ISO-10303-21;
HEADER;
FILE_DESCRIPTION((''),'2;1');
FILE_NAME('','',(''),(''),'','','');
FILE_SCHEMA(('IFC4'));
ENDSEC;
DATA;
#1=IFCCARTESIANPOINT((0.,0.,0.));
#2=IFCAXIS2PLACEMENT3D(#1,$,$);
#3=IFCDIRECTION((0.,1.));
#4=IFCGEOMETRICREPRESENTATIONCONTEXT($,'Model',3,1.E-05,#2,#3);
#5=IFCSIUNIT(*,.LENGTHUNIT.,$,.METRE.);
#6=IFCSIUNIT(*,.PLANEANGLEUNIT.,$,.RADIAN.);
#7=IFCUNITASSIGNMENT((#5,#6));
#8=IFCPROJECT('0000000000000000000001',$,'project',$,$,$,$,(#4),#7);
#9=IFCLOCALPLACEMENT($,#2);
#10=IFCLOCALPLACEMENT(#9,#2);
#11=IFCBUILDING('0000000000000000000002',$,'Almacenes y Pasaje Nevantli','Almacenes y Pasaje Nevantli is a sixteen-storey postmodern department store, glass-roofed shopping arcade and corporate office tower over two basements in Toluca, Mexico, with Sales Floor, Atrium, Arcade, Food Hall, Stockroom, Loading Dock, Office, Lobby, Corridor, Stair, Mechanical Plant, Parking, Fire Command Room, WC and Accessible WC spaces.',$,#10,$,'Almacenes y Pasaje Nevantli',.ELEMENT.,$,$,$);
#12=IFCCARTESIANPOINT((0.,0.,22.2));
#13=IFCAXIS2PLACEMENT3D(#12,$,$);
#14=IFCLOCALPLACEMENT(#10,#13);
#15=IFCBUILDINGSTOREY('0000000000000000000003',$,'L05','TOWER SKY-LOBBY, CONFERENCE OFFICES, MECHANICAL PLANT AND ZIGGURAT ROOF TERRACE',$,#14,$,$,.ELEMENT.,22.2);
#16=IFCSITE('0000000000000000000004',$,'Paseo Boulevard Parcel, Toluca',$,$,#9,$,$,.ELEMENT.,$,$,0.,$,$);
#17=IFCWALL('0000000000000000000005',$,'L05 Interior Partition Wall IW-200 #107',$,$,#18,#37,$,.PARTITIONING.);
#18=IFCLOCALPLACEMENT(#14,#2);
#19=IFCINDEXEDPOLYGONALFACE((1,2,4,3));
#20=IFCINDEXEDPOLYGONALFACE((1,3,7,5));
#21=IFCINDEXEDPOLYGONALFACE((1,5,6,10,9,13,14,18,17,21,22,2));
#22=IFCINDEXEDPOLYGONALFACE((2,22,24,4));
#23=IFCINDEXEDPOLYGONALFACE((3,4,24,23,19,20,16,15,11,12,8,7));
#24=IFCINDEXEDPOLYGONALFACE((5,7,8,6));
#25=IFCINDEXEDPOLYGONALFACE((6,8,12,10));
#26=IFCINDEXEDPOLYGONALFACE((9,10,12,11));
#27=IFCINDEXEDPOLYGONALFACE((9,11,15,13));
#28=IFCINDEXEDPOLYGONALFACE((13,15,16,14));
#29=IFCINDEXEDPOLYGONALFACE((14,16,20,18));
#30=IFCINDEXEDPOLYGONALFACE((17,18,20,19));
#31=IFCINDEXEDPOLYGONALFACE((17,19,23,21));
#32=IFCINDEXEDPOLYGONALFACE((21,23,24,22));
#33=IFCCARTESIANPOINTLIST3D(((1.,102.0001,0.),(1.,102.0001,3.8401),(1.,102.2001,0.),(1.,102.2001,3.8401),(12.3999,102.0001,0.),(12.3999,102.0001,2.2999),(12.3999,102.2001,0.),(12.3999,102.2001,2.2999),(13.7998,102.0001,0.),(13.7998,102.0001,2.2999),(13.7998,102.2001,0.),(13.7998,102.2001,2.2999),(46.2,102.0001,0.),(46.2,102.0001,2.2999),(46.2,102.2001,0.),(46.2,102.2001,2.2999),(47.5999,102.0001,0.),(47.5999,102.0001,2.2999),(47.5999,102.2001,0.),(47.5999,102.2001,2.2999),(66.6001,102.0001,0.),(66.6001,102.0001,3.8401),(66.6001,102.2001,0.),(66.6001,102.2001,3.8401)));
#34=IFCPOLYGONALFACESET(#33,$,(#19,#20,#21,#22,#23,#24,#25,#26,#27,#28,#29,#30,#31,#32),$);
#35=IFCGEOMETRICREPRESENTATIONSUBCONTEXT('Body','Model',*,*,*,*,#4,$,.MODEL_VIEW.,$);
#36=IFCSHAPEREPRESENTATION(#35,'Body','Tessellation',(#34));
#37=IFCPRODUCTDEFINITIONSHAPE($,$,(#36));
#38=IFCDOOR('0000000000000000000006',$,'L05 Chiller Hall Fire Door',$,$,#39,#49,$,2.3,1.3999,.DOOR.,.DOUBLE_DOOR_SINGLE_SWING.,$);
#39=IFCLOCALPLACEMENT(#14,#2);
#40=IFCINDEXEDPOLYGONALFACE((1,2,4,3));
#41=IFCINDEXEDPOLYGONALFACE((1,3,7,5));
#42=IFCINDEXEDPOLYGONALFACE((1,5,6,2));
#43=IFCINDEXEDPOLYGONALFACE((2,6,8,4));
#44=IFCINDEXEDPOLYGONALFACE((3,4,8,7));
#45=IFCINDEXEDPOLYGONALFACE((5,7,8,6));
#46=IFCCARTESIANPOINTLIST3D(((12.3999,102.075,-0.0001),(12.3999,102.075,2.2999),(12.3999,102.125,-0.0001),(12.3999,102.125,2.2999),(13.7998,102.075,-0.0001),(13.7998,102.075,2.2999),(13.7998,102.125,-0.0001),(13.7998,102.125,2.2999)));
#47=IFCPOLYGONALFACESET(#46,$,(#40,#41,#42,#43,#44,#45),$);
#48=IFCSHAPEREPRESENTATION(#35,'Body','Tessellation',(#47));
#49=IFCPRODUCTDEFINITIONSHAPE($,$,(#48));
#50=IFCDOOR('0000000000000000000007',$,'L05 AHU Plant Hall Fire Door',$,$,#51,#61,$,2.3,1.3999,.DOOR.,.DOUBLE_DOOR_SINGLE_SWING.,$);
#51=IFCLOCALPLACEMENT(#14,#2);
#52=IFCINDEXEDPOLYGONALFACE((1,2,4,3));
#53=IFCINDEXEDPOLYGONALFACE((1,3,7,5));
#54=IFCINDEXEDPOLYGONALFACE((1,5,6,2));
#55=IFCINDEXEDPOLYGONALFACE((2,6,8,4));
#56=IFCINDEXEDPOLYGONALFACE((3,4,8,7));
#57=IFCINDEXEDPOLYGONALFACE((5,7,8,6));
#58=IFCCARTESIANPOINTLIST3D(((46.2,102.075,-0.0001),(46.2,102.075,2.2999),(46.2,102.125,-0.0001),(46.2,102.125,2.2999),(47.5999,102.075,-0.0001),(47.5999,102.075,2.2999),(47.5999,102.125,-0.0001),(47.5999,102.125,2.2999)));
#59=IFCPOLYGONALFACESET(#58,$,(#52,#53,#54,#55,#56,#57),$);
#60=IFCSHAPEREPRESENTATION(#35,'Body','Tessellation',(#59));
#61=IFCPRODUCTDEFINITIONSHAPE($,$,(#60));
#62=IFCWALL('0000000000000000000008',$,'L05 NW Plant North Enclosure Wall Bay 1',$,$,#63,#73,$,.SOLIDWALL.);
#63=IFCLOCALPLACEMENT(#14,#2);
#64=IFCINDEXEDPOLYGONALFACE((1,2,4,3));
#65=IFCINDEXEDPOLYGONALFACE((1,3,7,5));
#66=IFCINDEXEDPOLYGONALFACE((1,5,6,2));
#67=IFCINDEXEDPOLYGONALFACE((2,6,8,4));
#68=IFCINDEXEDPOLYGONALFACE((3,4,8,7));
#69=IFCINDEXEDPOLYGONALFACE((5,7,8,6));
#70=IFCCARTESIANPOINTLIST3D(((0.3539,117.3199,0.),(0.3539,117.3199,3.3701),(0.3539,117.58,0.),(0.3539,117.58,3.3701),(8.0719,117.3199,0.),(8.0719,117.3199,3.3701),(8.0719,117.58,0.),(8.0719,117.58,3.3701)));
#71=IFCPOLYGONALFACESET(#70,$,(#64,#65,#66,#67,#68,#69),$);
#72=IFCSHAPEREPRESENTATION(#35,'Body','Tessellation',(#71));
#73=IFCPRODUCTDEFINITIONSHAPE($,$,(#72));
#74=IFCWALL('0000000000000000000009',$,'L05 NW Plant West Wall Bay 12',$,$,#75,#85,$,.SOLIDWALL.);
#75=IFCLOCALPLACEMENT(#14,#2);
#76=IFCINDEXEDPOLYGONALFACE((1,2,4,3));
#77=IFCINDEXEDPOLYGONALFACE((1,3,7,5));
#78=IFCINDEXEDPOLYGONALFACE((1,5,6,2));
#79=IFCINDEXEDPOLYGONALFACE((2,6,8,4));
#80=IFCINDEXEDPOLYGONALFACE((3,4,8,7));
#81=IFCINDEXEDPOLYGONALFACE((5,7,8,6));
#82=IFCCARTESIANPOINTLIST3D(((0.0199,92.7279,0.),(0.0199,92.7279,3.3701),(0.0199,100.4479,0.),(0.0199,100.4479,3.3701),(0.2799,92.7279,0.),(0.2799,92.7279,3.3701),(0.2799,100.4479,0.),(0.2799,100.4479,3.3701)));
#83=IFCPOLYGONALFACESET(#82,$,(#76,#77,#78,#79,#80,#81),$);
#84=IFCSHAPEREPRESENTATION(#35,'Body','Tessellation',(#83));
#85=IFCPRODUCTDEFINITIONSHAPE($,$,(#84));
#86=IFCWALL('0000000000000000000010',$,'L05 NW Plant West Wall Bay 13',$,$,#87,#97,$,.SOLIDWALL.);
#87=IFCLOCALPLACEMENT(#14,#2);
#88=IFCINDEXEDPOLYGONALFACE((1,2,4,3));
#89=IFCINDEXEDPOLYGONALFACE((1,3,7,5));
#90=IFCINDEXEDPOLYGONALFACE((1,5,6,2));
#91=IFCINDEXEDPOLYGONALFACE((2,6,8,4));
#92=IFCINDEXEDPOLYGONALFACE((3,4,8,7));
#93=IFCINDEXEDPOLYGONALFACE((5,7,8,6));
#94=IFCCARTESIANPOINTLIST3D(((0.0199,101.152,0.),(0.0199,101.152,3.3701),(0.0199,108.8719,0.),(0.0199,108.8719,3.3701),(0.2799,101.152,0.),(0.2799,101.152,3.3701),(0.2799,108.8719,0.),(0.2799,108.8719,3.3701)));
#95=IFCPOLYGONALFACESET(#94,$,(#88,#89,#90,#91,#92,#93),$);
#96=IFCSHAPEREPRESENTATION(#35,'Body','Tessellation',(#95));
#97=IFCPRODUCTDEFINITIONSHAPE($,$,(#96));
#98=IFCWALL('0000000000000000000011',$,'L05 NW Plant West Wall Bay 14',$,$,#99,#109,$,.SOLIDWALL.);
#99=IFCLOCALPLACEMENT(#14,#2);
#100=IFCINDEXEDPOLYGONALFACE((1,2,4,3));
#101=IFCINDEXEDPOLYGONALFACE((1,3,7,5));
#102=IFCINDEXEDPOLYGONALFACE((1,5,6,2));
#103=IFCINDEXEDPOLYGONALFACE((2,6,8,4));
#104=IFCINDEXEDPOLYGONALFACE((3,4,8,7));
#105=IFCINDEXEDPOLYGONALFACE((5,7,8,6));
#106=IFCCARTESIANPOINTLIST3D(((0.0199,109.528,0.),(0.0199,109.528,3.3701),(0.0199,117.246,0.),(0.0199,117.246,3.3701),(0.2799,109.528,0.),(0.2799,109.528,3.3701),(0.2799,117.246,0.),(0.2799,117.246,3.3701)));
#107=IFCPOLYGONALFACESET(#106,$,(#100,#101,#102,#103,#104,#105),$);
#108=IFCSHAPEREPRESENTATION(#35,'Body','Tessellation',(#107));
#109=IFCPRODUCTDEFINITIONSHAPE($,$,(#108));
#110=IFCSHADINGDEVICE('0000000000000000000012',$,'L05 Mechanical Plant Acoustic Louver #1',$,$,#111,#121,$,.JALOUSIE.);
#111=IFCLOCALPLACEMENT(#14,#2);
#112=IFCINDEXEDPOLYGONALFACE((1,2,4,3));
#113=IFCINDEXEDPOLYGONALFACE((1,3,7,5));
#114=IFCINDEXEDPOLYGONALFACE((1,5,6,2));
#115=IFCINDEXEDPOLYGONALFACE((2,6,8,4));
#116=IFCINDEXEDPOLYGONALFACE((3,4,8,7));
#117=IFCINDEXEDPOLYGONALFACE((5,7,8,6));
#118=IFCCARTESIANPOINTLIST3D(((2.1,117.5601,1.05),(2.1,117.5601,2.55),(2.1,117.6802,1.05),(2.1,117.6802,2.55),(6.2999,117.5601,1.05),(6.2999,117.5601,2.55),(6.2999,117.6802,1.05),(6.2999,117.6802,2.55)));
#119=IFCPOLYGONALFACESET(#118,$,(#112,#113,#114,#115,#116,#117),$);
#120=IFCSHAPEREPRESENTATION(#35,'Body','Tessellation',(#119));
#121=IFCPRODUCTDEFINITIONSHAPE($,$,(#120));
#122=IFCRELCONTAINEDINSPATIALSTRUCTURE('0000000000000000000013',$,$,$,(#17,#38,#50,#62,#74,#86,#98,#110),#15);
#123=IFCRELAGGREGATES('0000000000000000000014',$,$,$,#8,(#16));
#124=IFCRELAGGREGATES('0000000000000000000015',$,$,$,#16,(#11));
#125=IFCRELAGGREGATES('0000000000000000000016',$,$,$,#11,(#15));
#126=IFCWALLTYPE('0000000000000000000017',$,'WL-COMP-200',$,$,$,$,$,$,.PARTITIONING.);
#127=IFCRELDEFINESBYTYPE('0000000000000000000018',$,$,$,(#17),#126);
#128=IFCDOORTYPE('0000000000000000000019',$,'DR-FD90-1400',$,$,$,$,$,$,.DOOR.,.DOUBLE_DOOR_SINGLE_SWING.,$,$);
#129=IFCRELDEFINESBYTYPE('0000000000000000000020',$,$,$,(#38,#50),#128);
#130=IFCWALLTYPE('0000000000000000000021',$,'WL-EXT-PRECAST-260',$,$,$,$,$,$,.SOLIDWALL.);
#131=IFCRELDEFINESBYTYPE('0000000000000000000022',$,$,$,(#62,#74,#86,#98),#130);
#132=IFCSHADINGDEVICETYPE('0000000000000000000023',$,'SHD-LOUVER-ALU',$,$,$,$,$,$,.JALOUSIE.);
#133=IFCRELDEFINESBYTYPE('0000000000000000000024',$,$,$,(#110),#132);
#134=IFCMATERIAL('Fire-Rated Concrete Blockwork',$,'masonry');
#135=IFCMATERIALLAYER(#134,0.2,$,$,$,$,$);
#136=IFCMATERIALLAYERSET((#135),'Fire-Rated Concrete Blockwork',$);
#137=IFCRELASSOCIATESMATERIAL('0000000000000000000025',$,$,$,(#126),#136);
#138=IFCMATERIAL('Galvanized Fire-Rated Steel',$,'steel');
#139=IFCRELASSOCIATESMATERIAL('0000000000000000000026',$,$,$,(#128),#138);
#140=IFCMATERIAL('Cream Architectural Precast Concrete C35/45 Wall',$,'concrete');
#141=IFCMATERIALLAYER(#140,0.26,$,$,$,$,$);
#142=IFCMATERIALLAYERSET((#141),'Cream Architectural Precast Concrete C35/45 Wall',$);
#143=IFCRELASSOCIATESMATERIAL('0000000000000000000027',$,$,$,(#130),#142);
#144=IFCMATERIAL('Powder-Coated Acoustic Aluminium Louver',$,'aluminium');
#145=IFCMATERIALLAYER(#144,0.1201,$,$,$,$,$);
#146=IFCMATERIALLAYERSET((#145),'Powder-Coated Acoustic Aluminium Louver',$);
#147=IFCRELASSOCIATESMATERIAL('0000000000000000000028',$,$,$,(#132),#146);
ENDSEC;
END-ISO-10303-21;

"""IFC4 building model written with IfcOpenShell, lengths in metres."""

from ifc_helpers import new_model, si_unit, direction, frame, frame_2d, origin, origin_2d, place, context, subcontext, project, spatial, rectangle, extrude, material, layer, layer_set, type_object, element, fill, save


model = new_model("IFC4")

# Units and contexts
model_context = context("Model", 3, precision=1e-05, world=origin(), true_north=direction((0.0, 1.0)))
body_context = subcontext(model_context, "Body", "Model", "MODEL_VIEW")
ifc_project = project(units=[si_unit("LENGTHUNIT", "METRE"), si_unit("PLANEANGLEUNIT", "RADIAN")], contexts=[model_context])

# Site, building, storey
site_placement = place(None, origin())
site = spatial("IfcSite", under=ifc_project, at=site_placement, Name="Paseo Boulevard Parcel, Toluca", CompositionType="ELEMENT", RefElevation=0.0)
building_placement = place(site_placement, origin())
building = spatial("IfcBuilding", under=site, at=building_placement, Name="Almacenes y Pasaje Nevantli", Description="Almacenes y Pasaje Nevantli is a sixteen-storey postmodern department store, glass-roofed shopping arcade and corporate office tower over two basements in Toluca, Mexico, with Sales Floor, Atrium, Arcade, Food Hall, Stockroom, Loading Dock, Office, Lobby, Corridor, Stair, Mechanical Plant, Parking, Fire Command Room, WC and Accessible WC spaces.", LongName="Almacenes y Pasaje Nevantli", CompositionType="ELEMENT")
storey_placement = place(building_placement, frame((0.0, 0.0, 22.2)))
storey = spatial("IfcBuildingStorey", under=building, at=storey_placement, Name="L05", Description="TOWER SKY-LOBBY, CONFERENCE OFFICES, MECHANICAL PLANT AND ZIGGURAT ROOF TERRACE", CompositionType="ELEMENT", Elevation=22.2)

# Wall, openings, doors
ifc_material_1 = material(Name="Fire-Rated Concrete Blockwork", Category="masonry")
ifc_layer_1 = layer(ifc_material_1, 0.2)
ifc_layer_set_1 = layer_set([ifc_layer_1], Name="Fire-Rated Concrete Blockwork")
wall_type_1 = type_object("IfcWallType", Name="WL-COMP-200", PredefinedType="PARTITIONING", material=ifc_layer_set_1)
wall_1_placement = place(storey_placement, frame((1.0, 102.1001, 0.0), z_axis=(0.0, 0.0, 1.0), x_axis=(1.0, 0.0, 0.0)))
wall_1 = element("IfcWall", 1, at=wall_1_placement, inside=storey, type_object=wall_type_1, Name="L05 Interior Partition Wall IW-200 #107", PredefinedType="PARTITIONING", context=body_context, shape_type="SweptSolid", body=[
    extrude(rectangle(XDim=65.6001, YDim=0.2, at=frame_2d((32.8, 0.0))), origin(), (0.0, 0.0, 1.0), 3.8401),
])
opening_1_placement = place(wall_1_placement, frame((11.3999, 0.0, 0.0)))
opening_1 = element("IfcOpeningElement", 2, at=opening_1_placement, cuts=wall_1, PredefinedType="OPENING", context=body_context, shape_type="SweptSolid", body=[
    extrude(rectangle(XDim=1.3999, YDim=2.3, at=frame_2d((0.7, 1.1499))), frame((0.0, 0.1099, 0.0), z_axis=(0.0, -1.0, 0.0), x_axis=(1.0, 0.0, 0.0)), (0.0, 0.0, 1.0), 0.22),
])
opening_2_placement = place(wall_1_placement, frame((45.2, 0.0, 0.0)))
opening_2 = element("IfcOpeningElement", 3, at=opening_2_placement, cuts=wall_1, PredefinedType="OPENING", context=body_context, shape_type="SweptSolid", body=[
    extrude(rectangle(XDim=1.3999, YDim=2.3, at=frame_2d((0.7, 1.1499))), frame((0.0, 0.1099, 0.0), z_axis=(0.0, -1.0, 0.0), x_axis=(1.0, 0.0, 0.0)), (0.0, 0.0, 1.0), 0.22),
])
ifc_material_2 = material(Name="Galvanized Fire-Rated Steel", Category="steel")
door_type = type_object("IfcDoorType", Name="DR-FD90-1400", OperationType="DOUBLE_DOOR_SINGLE_SWING", PredefinedType="DOOR", material=ifc_material_2)
door_1_placement = place(opening_1_placement, origin())
door_1 = element("IfcDoor", 4, at=door_1_placement, inside=storey, type_object=door_type, Name="L05 Chiller Hall Fire Door", OperationType="DOUBLE_DOOR_SINGLE_SWING", OverallHeight=2.3, OverallWidth=1.3999, PredefinedType="DOOR", context=body_context, shape_type="SweptSolid", body=[
    extrude(rectangle(XDim=1.3999, YDim=2.3, at=frame_2d((0.7, 1.1499))), frame((0.0, 0.0249, 0.0), z_axis=(0.0, -1.0, 0.0), x_axis=(1.0, 0.0, 0.0)), (0.0, 0.0, 1.0), 0.05),
])
fill(opening_1, door_1)
door_2_placement = place(opening_2_placement, origin())
door_2 = element("IfcDoor", 5, at=door_2_placement, inside=storey, type_object=door_type, Name="L05 AHU Plant Hall Fire Door", OperationType="DOUBLE_DOOR_SINGLE_SWING", OverallHeight=2.3, OverallWidth=1.3999, PredefinedType="DOOR", context=body_context, shape_type="SweptSolid", body=[
    extrude(rectangle(XDim=1.3999, YDim=2.3, at=frame_2d((0.7, 1.1499))), frame((0.0, 0.0249, 0.0), z_axis=(0.0, -1.0, 0.0), x_axis=(1.0, 0.0, 0.0)), (0.0, 0.0, 1.0), 0.05),
])
fill(opening_2, door_2)

# Walls
ifc_material_3 = material(Name="Cream Architectural Precast Concrete C35/45 Wall", Category="concrete")
ifc_layer_2 = layer(ifc_material_3, 0.26)
ifc_layer_set_2 = layer_set([ifc_layer_2], Name="Cream Architectural Precast Concrete C35/45 Wall")
wall_type_2 = type_object("IfcWallType", Name="WL-EXT-PRECAST-260", PredefinedType="SOLIDWALL", material=ifc_layer_set_2)
wall_2_placement = place(storey_placement, frame((0.354, 117.45, 0.0), z_axis=(0.0, 0.0, 1.0), x_axis=(1.0, 0.0, 0.0)))
element("IfcWall", 6, at=wall_2_placement, inside=storey, type_object=wall_type_2, Name="L05 NW Plant North Enclosure Wall Bay 1", PredefinedType="SOLIDWALL", context=body_context, shape_type="SweptSolid", body=[
    extrude(rectangle(XDim=7.718, YDim=0.26, at=frame_2d((3.8589, 0.0))), origin(), (0.0, 0.0, 1.0), 3.3701),
])
for number, where, z_axis, x_axis, name in (
    (7, (0.1499, 92.728, 0.0), (0.0, 0.0, 1.0), (0.0, 1.0, 0.0), "L05 NW Plant West Wall Bay 12"),
    (8, (0.1499, 101.1521, 0.0), (0.0, 0.0, 1.0), (0.0, 1.0, 0.0), "L05 NW Plant West Wall Bay 13"),
):
    element("IfcWall", number, at=place(storey_placement, frame(where, z_axis=z_axis, x_axis=x_axis)), inside=storey, type_object=wall_type_2, Name=name, PredefinedType="SOLIDWALL", context=body_context, shape_type="SweptSolid", body=[
        extrude(rectangle(XDim=7.72, YDim=0.26, at=frame_2d((3.8599, 0.0))), origin(), (0.0, 0.0, 1.0), 3.3701),
    ])
wall_3_placement = place(storey_placement, frame((0.1499, 109.5281, 0.0), z_axis=(0.0, 0.0, 1.0), x_axis=(0.0, 1.0, 0.0)))
element("IfcWall", 9, at=wall_3_placement, inside=storey, type_object=wall_type_2, Name="L05 NW Plant West Wall Bay 14", PredefinedType="SOLIDWALL", context=body_context, shape_type="SweptSolid", body=[
    extrude(rectangle(XDim=7.718, YDim=0.26, at=frame_2d((3.8589, 0.0))), origin(), (0.0, 0.0, 1.0), 3.3701),
])

# Shading device
ifc_material_4 = material(Name="Powder-Coated Acoustic Aluminium Louver", Category="aluminium")
ifc_layer_3 = layer(ifc_material_4, 0.1201)
ifc_layer_set_3 = layer_set([ifc_layer_3], Name="Powder-Coated Acoustic Aluminium Louver")
shading_device_type = type_object("IfcShadingDeviceType", Name="SHD-LOUVER-ALU", PredefinedType="JALOUSIE", material=ifc_layer_set_3)
shading_device_placement = place(storey_placement, frame((4.2, 117.6201, 1.05), z_axis=(0.0, 0.0, 1.0), x_axis=(1.0, 0.0, 0.0)))
element("IfcShadingDevice", 10, at=shading_device_placement, inside=storey, type_object=shading_device_type, Name="L05 Mechanical Plant Acoustic Louver #1", PredefinedType="JALOUSIE", context=body_context, shape_type="SweptSolid", body=[
    extrude(rectangle(XDim=4.2, YDim=0.1201, at=origin_2d()), origin(), (0.0, 0.0, 1.0), 1.5),
])

save(model, "model.ifc")
